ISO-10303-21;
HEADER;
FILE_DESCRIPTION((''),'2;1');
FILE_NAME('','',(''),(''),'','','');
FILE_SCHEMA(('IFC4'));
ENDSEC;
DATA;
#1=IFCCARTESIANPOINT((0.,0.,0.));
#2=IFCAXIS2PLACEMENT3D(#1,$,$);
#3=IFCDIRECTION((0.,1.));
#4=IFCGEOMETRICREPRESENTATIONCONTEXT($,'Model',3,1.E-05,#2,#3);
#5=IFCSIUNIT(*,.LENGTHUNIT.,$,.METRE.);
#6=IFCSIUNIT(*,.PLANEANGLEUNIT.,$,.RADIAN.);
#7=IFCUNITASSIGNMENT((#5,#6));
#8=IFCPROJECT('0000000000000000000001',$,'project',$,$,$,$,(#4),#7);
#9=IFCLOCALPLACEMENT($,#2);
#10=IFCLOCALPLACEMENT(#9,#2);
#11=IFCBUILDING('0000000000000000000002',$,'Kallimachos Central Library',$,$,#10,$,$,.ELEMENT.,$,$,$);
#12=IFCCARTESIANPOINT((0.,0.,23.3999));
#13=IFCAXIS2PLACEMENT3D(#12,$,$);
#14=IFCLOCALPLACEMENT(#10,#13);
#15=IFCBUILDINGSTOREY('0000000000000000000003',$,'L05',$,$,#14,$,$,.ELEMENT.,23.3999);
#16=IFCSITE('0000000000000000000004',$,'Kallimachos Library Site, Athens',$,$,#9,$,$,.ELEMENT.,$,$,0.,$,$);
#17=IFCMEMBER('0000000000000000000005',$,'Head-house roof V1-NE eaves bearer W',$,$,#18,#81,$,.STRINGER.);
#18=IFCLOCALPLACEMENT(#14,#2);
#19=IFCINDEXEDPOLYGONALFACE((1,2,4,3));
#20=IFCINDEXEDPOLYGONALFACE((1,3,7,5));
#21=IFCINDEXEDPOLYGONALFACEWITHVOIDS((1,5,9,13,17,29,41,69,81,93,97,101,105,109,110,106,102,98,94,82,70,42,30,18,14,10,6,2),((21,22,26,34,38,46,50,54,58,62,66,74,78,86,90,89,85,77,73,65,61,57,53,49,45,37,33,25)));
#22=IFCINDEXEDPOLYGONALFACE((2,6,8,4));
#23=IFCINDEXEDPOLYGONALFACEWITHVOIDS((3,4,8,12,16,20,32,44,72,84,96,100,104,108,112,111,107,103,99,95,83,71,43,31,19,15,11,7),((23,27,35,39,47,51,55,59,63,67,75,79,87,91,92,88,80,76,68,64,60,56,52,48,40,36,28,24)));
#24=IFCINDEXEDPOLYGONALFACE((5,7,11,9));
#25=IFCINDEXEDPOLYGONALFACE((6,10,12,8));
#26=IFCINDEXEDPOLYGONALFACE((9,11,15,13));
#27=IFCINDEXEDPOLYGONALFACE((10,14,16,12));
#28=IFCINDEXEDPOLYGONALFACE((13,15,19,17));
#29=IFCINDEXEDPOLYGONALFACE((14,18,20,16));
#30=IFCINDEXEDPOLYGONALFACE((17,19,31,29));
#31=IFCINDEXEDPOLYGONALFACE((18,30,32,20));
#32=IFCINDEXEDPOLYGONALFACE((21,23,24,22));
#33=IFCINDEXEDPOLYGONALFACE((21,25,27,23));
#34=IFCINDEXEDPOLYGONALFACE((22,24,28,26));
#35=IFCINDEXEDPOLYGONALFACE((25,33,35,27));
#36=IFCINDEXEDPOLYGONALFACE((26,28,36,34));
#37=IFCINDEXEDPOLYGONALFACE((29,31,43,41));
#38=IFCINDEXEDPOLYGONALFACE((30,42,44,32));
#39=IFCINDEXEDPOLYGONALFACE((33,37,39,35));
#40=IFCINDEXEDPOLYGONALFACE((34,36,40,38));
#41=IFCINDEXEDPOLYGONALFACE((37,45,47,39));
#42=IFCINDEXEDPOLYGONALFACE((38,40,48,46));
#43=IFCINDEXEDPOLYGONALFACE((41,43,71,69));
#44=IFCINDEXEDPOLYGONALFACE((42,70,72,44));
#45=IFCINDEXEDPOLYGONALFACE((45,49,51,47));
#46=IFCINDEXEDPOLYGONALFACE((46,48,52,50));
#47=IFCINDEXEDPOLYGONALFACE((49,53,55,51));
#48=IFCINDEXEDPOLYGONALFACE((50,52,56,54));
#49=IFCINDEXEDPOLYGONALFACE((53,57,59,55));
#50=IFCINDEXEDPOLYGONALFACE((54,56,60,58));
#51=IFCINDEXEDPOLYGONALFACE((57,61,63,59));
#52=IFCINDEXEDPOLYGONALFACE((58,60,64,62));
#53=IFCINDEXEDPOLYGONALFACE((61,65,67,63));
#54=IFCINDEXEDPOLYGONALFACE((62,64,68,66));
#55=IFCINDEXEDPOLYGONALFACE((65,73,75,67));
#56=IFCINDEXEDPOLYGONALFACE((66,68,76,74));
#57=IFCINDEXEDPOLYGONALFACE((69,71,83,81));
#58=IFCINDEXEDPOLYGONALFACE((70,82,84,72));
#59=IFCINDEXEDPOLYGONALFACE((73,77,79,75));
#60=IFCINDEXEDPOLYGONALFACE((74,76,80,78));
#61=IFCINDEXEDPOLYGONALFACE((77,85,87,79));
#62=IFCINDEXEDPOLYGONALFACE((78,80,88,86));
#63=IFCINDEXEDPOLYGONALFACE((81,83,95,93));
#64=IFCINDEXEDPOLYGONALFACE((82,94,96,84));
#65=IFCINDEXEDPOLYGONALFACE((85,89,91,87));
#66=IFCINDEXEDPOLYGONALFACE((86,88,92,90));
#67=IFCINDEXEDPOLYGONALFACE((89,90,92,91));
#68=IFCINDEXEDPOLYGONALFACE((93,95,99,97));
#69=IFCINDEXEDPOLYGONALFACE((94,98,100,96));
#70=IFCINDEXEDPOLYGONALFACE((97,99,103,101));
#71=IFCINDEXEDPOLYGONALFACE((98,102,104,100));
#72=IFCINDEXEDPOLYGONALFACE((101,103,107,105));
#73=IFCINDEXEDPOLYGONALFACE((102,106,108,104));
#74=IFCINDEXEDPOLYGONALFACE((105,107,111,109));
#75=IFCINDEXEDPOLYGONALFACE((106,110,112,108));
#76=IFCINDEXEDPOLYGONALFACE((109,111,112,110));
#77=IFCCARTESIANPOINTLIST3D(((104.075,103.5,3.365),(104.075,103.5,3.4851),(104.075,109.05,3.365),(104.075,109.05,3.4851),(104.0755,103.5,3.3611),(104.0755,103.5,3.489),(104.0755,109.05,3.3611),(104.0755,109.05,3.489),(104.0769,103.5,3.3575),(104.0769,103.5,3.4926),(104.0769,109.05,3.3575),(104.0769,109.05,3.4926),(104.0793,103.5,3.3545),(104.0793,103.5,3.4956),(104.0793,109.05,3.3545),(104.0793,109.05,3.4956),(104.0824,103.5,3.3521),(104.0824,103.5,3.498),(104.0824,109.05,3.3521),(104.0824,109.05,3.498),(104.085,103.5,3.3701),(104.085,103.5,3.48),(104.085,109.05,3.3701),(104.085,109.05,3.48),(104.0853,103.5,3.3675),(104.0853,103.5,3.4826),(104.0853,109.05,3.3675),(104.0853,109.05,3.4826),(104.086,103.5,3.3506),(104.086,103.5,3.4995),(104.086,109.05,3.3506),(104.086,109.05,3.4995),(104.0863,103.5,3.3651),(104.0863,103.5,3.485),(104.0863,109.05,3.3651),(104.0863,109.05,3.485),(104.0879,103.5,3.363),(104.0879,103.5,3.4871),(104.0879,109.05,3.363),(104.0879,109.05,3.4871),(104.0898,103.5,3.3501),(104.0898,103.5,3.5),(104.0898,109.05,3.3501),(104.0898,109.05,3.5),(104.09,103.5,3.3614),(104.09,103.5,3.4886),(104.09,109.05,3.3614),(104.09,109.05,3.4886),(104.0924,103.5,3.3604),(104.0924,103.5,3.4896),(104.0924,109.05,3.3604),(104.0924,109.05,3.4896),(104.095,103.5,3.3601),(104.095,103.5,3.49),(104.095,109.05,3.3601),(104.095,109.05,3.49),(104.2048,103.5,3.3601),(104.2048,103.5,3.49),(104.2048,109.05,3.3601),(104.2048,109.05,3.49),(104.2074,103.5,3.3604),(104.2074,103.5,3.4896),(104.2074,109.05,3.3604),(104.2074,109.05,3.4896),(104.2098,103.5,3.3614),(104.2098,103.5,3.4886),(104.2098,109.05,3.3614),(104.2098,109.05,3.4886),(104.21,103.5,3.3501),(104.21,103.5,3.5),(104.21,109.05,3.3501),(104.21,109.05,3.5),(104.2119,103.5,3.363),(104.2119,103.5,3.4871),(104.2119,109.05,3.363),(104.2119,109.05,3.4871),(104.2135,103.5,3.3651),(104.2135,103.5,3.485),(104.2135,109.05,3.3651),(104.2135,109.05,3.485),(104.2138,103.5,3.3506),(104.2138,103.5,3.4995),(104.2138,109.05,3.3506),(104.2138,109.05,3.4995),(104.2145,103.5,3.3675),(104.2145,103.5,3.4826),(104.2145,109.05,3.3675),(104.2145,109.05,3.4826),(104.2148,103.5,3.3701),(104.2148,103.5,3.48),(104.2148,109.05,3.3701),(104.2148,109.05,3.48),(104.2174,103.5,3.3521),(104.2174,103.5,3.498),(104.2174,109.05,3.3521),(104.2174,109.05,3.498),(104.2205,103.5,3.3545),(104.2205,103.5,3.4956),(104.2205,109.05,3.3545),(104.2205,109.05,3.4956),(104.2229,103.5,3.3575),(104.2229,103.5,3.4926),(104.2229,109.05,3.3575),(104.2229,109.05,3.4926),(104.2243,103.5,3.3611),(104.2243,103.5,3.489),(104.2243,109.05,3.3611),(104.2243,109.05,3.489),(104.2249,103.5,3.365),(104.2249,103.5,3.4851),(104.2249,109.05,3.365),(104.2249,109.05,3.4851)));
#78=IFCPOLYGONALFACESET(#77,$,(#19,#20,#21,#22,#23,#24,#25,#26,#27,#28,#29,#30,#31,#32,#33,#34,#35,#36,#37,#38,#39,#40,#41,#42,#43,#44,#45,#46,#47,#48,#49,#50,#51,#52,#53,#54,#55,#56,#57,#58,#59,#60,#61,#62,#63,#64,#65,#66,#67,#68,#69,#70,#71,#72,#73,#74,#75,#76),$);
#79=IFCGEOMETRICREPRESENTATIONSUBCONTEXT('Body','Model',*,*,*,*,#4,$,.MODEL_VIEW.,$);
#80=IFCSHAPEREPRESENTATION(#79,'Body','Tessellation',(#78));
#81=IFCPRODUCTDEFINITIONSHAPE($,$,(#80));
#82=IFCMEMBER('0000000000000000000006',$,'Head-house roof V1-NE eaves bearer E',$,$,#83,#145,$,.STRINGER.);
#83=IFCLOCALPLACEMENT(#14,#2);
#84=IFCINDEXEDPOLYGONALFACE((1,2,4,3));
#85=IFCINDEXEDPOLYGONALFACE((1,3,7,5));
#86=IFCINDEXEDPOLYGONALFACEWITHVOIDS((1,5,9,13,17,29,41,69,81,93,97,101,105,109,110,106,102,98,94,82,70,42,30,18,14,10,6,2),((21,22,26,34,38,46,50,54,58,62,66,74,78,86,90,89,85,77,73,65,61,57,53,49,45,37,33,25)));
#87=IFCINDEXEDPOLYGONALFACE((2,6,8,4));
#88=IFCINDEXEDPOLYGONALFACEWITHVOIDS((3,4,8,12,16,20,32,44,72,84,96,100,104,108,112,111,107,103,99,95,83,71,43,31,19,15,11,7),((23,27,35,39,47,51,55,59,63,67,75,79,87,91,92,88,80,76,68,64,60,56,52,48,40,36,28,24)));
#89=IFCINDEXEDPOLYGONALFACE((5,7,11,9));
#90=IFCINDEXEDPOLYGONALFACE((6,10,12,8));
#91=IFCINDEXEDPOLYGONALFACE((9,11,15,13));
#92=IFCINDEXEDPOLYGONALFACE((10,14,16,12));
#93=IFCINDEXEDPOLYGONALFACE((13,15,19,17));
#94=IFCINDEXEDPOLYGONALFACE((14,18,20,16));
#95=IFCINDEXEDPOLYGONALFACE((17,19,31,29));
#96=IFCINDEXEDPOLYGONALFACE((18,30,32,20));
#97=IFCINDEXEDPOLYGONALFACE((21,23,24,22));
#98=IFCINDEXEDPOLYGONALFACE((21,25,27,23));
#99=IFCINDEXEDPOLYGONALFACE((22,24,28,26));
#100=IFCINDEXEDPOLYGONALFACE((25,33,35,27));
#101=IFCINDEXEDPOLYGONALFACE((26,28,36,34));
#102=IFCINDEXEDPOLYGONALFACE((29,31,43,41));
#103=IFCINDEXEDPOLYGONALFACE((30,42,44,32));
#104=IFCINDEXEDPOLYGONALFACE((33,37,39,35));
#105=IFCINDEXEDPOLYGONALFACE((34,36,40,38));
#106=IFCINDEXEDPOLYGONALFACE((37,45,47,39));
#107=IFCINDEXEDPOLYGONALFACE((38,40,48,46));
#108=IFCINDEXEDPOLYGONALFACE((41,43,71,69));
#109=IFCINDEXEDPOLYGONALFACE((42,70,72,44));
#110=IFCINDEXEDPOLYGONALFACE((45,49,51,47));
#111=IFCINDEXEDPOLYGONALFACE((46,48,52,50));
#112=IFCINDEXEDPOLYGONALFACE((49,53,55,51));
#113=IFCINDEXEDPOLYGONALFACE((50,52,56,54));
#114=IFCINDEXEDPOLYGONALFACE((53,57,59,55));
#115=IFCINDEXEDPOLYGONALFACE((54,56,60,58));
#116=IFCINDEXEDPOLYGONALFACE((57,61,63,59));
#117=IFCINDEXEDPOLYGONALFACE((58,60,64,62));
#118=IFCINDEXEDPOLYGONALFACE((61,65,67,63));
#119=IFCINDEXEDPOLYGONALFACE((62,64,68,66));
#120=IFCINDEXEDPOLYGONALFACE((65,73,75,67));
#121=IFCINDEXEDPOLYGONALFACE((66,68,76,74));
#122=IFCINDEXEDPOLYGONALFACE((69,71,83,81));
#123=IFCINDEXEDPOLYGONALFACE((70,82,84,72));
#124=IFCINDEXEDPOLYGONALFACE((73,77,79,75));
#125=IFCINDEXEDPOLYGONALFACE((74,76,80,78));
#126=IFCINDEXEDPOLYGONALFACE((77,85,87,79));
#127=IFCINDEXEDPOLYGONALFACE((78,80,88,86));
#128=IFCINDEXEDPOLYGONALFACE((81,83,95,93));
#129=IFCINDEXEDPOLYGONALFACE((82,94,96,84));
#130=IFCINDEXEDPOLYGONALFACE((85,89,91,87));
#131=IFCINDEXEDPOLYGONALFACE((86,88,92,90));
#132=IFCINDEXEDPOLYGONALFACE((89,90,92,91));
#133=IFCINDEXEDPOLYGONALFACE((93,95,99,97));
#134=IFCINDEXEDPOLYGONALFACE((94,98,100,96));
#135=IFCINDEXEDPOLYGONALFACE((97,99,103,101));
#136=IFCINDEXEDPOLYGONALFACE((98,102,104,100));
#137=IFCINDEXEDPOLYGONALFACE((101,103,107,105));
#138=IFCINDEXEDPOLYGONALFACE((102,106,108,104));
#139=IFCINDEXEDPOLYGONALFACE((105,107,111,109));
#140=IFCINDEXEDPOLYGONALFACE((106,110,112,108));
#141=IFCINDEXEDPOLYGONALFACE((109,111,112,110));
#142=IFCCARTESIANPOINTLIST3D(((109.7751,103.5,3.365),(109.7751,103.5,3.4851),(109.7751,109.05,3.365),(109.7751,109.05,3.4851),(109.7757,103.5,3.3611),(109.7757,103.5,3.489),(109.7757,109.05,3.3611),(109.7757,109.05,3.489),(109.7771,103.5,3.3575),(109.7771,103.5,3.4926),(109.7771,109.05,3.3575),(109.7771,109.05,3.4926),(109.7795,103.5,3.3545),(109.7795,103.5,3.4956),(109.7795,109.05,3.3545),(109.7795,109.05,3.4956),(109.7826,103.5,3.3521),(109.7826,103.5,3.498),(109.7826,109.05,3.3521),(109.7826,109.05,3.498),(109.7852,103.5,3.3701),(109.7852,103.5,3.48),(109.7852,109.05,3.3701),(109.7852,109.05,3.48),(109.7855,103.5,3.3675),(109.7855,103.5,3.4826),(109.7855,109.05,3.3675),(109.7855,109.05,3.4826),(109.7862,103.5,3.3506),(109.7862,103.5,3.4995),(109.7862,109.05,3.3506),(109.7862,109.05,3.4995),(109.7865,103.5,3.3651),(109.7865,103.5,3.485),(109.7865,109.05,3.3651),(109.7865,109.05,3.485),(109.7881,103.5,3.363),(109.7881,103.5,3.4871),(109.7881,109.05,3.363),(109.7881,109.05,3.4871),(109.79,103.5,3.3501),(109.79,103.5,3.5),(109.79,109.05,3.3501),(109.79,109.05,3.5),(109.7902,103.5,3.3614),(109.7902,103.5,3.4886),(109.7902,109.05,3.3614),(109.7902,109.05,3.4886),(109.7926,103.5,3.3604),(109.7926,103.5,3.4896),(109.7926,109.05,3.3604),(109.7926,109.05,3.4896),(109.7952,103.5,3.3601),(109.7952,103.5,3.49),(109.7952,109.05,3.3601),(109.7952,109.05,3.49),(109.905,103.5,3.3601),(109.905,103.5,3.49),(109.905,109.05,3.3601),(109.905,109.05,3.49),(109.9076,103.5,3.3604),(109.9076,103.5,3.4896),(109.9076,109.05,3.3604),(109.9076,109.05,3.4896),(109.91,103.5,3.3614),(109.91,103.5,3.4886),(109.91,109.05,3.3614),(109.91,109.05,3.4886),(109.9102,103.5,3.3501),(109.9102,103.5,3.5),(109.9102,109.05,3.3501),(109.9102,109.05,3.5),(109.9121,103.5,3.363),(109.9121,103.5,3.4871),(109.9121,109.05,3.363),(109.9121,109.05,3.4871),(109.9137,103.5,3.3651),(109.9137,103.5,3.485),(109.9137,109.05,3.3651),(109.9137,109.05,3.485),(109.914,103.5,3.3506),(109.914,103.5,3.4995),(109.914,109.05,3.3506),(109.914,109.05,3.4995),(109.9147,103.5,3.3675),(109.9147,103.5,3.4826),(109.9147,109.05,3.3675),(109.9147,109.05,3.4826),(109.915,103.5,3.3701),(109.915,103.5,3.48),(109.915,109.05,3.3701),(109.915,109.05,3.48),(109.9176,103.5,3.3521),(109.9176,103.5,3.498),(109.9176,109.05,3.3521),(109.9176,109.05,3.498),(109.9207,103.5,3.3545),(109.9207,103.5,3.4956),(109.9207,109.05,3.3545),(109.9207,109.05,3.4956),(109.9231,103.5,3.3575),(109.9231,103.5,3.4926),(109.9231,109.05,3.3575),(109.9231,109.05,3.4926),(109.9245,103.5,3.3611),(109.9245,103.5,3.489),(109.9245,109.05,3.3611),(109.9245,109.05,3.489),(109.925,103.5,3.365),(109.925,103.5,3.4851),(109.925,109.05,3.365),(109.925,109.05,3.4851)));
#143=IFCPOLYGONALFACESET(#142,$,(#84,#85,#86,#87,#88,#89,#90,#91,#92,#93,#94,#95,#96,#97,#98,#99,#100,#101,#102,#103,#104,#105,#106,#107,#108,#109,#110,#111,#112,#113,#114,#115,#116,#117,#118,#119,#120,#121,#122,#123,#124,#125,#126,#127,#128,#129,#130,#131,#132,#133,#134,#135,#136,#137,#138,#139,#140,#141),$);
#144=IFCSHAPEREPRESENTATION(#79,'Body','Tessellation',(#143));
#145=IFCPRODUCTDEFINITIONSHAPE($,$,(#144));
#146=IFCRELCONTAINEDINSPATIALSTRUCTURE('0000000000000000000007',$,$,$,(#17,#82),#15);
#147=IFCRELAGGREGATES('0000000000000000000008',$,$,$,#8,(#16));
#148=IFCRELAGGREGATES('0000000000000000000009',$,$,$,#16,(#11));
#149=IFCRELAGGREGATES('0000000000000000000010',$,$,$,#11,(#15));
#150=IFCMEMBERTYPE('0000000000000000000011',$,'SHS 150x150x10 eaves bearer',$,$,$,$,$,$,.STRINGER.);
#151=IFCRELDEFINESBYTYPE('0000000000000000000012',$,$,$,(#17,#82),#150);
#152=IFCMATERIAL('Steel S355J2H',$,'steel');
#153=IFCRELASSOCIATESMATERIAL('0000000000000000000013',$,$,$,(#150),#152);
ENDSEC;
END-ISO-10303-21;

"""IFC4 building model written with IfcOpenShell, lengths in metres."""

from ifc_helpers import new_model, si_unit, direction, frame, origin, origin_2d, place, context, subcontext, project, spatial, hollow_rectangle, extrude, material, material_profile, profile_set, type_object, element, save


model = new_model("IFC4")

# Units and contexts
model_context = context("Model", 3, precision=1e-05, world=origin(), true_north=direction((0.0, 1.0)))
body_context = subcontext(model_context, "Body", "Model", "MODEL_VIEW")
ifc_project = project(units=[si_unit("LENGTHUNIT", "METRE"), si_unit("PLANEANGLEUNIT", "RADIAN")], contexts=[model_context])

# Site, building, storey
site_placement = place(None, origin())
site = spatial("IfcSite", under=ifc_project, at=site_placement, Name="Kallimachos Library Site, Athens", CompositionType="ELEMENT", RefElevation=0.0)
building_placement = place(site_placement, origin())
building = spatial("IfcBuilding", under=site, at=building_placement, Name="Kallimachos Central Library", CompositionType="ELEMENT")
storey_placement = place(building_placement, frame((0.0, 0.0, 23.3999)))
storey = spatial("IfcBuildingStorey", under=building, at=storey_placement, Name="L05", CompositionType="ELEMENT", Elevation=23.3999)

# Members
ifc_material_1 = material(Name="Steel S355J2H", Category="steel")
ifc_material_profile_1 = material_profile(ifc_material_1, hollow_rectangle(XDim=0.1499, YDim=0.1499, WallThickness=0.01, InnerFilletRadius=0.01, OuterFilletRadius=0.0149, at=origin_2d()), Name="SHS 150x150x10")
ifc_profile_set_1 = profile_set([ifc_material_profile_1], Name="Steel S355J2H")
member_type_1 = type_object("IfcMemberType", Name="SHS 150x150x10 eaves bearer", PredefinedType="STRINGER", material=ifc_profile_set_1)
for number, where, z_axis, x_axis, name in (
    (1, (104.1499, 103.5, 3.425), (0.0, 1.0, 0.0), (-1.0, 0.0, 0.0), "Head-house roof V1-NE eaves bearer W"),
    (2, (109.8501, 103.5, 3.425), (0.0, 1.0, 0.0), (-1.0, 0.0, 0.0), "Head-house roof V1-NE eaves bearer E"),
):
    element("IfcMember", number, at=place(storey_placement, frame(where, z_axis=z_axis, x_axis=x_axis)), inside=storey, type_object=member_type_1, Name=name, PredefinedType="STRINGER", context=body_context, shape_type="SweptSolid", body=[
        extrude(hollow_rectangle(XDim=0.1499, YDim=0.1499, WallThickness=0.01, InnerFilletRadius=0.01, OuterFilletRadius=0.0149, at=origin_2d()), origin(), (0.0, 0.0, 1.0), 5.55),
    ])

save(model, "model.ifc")
